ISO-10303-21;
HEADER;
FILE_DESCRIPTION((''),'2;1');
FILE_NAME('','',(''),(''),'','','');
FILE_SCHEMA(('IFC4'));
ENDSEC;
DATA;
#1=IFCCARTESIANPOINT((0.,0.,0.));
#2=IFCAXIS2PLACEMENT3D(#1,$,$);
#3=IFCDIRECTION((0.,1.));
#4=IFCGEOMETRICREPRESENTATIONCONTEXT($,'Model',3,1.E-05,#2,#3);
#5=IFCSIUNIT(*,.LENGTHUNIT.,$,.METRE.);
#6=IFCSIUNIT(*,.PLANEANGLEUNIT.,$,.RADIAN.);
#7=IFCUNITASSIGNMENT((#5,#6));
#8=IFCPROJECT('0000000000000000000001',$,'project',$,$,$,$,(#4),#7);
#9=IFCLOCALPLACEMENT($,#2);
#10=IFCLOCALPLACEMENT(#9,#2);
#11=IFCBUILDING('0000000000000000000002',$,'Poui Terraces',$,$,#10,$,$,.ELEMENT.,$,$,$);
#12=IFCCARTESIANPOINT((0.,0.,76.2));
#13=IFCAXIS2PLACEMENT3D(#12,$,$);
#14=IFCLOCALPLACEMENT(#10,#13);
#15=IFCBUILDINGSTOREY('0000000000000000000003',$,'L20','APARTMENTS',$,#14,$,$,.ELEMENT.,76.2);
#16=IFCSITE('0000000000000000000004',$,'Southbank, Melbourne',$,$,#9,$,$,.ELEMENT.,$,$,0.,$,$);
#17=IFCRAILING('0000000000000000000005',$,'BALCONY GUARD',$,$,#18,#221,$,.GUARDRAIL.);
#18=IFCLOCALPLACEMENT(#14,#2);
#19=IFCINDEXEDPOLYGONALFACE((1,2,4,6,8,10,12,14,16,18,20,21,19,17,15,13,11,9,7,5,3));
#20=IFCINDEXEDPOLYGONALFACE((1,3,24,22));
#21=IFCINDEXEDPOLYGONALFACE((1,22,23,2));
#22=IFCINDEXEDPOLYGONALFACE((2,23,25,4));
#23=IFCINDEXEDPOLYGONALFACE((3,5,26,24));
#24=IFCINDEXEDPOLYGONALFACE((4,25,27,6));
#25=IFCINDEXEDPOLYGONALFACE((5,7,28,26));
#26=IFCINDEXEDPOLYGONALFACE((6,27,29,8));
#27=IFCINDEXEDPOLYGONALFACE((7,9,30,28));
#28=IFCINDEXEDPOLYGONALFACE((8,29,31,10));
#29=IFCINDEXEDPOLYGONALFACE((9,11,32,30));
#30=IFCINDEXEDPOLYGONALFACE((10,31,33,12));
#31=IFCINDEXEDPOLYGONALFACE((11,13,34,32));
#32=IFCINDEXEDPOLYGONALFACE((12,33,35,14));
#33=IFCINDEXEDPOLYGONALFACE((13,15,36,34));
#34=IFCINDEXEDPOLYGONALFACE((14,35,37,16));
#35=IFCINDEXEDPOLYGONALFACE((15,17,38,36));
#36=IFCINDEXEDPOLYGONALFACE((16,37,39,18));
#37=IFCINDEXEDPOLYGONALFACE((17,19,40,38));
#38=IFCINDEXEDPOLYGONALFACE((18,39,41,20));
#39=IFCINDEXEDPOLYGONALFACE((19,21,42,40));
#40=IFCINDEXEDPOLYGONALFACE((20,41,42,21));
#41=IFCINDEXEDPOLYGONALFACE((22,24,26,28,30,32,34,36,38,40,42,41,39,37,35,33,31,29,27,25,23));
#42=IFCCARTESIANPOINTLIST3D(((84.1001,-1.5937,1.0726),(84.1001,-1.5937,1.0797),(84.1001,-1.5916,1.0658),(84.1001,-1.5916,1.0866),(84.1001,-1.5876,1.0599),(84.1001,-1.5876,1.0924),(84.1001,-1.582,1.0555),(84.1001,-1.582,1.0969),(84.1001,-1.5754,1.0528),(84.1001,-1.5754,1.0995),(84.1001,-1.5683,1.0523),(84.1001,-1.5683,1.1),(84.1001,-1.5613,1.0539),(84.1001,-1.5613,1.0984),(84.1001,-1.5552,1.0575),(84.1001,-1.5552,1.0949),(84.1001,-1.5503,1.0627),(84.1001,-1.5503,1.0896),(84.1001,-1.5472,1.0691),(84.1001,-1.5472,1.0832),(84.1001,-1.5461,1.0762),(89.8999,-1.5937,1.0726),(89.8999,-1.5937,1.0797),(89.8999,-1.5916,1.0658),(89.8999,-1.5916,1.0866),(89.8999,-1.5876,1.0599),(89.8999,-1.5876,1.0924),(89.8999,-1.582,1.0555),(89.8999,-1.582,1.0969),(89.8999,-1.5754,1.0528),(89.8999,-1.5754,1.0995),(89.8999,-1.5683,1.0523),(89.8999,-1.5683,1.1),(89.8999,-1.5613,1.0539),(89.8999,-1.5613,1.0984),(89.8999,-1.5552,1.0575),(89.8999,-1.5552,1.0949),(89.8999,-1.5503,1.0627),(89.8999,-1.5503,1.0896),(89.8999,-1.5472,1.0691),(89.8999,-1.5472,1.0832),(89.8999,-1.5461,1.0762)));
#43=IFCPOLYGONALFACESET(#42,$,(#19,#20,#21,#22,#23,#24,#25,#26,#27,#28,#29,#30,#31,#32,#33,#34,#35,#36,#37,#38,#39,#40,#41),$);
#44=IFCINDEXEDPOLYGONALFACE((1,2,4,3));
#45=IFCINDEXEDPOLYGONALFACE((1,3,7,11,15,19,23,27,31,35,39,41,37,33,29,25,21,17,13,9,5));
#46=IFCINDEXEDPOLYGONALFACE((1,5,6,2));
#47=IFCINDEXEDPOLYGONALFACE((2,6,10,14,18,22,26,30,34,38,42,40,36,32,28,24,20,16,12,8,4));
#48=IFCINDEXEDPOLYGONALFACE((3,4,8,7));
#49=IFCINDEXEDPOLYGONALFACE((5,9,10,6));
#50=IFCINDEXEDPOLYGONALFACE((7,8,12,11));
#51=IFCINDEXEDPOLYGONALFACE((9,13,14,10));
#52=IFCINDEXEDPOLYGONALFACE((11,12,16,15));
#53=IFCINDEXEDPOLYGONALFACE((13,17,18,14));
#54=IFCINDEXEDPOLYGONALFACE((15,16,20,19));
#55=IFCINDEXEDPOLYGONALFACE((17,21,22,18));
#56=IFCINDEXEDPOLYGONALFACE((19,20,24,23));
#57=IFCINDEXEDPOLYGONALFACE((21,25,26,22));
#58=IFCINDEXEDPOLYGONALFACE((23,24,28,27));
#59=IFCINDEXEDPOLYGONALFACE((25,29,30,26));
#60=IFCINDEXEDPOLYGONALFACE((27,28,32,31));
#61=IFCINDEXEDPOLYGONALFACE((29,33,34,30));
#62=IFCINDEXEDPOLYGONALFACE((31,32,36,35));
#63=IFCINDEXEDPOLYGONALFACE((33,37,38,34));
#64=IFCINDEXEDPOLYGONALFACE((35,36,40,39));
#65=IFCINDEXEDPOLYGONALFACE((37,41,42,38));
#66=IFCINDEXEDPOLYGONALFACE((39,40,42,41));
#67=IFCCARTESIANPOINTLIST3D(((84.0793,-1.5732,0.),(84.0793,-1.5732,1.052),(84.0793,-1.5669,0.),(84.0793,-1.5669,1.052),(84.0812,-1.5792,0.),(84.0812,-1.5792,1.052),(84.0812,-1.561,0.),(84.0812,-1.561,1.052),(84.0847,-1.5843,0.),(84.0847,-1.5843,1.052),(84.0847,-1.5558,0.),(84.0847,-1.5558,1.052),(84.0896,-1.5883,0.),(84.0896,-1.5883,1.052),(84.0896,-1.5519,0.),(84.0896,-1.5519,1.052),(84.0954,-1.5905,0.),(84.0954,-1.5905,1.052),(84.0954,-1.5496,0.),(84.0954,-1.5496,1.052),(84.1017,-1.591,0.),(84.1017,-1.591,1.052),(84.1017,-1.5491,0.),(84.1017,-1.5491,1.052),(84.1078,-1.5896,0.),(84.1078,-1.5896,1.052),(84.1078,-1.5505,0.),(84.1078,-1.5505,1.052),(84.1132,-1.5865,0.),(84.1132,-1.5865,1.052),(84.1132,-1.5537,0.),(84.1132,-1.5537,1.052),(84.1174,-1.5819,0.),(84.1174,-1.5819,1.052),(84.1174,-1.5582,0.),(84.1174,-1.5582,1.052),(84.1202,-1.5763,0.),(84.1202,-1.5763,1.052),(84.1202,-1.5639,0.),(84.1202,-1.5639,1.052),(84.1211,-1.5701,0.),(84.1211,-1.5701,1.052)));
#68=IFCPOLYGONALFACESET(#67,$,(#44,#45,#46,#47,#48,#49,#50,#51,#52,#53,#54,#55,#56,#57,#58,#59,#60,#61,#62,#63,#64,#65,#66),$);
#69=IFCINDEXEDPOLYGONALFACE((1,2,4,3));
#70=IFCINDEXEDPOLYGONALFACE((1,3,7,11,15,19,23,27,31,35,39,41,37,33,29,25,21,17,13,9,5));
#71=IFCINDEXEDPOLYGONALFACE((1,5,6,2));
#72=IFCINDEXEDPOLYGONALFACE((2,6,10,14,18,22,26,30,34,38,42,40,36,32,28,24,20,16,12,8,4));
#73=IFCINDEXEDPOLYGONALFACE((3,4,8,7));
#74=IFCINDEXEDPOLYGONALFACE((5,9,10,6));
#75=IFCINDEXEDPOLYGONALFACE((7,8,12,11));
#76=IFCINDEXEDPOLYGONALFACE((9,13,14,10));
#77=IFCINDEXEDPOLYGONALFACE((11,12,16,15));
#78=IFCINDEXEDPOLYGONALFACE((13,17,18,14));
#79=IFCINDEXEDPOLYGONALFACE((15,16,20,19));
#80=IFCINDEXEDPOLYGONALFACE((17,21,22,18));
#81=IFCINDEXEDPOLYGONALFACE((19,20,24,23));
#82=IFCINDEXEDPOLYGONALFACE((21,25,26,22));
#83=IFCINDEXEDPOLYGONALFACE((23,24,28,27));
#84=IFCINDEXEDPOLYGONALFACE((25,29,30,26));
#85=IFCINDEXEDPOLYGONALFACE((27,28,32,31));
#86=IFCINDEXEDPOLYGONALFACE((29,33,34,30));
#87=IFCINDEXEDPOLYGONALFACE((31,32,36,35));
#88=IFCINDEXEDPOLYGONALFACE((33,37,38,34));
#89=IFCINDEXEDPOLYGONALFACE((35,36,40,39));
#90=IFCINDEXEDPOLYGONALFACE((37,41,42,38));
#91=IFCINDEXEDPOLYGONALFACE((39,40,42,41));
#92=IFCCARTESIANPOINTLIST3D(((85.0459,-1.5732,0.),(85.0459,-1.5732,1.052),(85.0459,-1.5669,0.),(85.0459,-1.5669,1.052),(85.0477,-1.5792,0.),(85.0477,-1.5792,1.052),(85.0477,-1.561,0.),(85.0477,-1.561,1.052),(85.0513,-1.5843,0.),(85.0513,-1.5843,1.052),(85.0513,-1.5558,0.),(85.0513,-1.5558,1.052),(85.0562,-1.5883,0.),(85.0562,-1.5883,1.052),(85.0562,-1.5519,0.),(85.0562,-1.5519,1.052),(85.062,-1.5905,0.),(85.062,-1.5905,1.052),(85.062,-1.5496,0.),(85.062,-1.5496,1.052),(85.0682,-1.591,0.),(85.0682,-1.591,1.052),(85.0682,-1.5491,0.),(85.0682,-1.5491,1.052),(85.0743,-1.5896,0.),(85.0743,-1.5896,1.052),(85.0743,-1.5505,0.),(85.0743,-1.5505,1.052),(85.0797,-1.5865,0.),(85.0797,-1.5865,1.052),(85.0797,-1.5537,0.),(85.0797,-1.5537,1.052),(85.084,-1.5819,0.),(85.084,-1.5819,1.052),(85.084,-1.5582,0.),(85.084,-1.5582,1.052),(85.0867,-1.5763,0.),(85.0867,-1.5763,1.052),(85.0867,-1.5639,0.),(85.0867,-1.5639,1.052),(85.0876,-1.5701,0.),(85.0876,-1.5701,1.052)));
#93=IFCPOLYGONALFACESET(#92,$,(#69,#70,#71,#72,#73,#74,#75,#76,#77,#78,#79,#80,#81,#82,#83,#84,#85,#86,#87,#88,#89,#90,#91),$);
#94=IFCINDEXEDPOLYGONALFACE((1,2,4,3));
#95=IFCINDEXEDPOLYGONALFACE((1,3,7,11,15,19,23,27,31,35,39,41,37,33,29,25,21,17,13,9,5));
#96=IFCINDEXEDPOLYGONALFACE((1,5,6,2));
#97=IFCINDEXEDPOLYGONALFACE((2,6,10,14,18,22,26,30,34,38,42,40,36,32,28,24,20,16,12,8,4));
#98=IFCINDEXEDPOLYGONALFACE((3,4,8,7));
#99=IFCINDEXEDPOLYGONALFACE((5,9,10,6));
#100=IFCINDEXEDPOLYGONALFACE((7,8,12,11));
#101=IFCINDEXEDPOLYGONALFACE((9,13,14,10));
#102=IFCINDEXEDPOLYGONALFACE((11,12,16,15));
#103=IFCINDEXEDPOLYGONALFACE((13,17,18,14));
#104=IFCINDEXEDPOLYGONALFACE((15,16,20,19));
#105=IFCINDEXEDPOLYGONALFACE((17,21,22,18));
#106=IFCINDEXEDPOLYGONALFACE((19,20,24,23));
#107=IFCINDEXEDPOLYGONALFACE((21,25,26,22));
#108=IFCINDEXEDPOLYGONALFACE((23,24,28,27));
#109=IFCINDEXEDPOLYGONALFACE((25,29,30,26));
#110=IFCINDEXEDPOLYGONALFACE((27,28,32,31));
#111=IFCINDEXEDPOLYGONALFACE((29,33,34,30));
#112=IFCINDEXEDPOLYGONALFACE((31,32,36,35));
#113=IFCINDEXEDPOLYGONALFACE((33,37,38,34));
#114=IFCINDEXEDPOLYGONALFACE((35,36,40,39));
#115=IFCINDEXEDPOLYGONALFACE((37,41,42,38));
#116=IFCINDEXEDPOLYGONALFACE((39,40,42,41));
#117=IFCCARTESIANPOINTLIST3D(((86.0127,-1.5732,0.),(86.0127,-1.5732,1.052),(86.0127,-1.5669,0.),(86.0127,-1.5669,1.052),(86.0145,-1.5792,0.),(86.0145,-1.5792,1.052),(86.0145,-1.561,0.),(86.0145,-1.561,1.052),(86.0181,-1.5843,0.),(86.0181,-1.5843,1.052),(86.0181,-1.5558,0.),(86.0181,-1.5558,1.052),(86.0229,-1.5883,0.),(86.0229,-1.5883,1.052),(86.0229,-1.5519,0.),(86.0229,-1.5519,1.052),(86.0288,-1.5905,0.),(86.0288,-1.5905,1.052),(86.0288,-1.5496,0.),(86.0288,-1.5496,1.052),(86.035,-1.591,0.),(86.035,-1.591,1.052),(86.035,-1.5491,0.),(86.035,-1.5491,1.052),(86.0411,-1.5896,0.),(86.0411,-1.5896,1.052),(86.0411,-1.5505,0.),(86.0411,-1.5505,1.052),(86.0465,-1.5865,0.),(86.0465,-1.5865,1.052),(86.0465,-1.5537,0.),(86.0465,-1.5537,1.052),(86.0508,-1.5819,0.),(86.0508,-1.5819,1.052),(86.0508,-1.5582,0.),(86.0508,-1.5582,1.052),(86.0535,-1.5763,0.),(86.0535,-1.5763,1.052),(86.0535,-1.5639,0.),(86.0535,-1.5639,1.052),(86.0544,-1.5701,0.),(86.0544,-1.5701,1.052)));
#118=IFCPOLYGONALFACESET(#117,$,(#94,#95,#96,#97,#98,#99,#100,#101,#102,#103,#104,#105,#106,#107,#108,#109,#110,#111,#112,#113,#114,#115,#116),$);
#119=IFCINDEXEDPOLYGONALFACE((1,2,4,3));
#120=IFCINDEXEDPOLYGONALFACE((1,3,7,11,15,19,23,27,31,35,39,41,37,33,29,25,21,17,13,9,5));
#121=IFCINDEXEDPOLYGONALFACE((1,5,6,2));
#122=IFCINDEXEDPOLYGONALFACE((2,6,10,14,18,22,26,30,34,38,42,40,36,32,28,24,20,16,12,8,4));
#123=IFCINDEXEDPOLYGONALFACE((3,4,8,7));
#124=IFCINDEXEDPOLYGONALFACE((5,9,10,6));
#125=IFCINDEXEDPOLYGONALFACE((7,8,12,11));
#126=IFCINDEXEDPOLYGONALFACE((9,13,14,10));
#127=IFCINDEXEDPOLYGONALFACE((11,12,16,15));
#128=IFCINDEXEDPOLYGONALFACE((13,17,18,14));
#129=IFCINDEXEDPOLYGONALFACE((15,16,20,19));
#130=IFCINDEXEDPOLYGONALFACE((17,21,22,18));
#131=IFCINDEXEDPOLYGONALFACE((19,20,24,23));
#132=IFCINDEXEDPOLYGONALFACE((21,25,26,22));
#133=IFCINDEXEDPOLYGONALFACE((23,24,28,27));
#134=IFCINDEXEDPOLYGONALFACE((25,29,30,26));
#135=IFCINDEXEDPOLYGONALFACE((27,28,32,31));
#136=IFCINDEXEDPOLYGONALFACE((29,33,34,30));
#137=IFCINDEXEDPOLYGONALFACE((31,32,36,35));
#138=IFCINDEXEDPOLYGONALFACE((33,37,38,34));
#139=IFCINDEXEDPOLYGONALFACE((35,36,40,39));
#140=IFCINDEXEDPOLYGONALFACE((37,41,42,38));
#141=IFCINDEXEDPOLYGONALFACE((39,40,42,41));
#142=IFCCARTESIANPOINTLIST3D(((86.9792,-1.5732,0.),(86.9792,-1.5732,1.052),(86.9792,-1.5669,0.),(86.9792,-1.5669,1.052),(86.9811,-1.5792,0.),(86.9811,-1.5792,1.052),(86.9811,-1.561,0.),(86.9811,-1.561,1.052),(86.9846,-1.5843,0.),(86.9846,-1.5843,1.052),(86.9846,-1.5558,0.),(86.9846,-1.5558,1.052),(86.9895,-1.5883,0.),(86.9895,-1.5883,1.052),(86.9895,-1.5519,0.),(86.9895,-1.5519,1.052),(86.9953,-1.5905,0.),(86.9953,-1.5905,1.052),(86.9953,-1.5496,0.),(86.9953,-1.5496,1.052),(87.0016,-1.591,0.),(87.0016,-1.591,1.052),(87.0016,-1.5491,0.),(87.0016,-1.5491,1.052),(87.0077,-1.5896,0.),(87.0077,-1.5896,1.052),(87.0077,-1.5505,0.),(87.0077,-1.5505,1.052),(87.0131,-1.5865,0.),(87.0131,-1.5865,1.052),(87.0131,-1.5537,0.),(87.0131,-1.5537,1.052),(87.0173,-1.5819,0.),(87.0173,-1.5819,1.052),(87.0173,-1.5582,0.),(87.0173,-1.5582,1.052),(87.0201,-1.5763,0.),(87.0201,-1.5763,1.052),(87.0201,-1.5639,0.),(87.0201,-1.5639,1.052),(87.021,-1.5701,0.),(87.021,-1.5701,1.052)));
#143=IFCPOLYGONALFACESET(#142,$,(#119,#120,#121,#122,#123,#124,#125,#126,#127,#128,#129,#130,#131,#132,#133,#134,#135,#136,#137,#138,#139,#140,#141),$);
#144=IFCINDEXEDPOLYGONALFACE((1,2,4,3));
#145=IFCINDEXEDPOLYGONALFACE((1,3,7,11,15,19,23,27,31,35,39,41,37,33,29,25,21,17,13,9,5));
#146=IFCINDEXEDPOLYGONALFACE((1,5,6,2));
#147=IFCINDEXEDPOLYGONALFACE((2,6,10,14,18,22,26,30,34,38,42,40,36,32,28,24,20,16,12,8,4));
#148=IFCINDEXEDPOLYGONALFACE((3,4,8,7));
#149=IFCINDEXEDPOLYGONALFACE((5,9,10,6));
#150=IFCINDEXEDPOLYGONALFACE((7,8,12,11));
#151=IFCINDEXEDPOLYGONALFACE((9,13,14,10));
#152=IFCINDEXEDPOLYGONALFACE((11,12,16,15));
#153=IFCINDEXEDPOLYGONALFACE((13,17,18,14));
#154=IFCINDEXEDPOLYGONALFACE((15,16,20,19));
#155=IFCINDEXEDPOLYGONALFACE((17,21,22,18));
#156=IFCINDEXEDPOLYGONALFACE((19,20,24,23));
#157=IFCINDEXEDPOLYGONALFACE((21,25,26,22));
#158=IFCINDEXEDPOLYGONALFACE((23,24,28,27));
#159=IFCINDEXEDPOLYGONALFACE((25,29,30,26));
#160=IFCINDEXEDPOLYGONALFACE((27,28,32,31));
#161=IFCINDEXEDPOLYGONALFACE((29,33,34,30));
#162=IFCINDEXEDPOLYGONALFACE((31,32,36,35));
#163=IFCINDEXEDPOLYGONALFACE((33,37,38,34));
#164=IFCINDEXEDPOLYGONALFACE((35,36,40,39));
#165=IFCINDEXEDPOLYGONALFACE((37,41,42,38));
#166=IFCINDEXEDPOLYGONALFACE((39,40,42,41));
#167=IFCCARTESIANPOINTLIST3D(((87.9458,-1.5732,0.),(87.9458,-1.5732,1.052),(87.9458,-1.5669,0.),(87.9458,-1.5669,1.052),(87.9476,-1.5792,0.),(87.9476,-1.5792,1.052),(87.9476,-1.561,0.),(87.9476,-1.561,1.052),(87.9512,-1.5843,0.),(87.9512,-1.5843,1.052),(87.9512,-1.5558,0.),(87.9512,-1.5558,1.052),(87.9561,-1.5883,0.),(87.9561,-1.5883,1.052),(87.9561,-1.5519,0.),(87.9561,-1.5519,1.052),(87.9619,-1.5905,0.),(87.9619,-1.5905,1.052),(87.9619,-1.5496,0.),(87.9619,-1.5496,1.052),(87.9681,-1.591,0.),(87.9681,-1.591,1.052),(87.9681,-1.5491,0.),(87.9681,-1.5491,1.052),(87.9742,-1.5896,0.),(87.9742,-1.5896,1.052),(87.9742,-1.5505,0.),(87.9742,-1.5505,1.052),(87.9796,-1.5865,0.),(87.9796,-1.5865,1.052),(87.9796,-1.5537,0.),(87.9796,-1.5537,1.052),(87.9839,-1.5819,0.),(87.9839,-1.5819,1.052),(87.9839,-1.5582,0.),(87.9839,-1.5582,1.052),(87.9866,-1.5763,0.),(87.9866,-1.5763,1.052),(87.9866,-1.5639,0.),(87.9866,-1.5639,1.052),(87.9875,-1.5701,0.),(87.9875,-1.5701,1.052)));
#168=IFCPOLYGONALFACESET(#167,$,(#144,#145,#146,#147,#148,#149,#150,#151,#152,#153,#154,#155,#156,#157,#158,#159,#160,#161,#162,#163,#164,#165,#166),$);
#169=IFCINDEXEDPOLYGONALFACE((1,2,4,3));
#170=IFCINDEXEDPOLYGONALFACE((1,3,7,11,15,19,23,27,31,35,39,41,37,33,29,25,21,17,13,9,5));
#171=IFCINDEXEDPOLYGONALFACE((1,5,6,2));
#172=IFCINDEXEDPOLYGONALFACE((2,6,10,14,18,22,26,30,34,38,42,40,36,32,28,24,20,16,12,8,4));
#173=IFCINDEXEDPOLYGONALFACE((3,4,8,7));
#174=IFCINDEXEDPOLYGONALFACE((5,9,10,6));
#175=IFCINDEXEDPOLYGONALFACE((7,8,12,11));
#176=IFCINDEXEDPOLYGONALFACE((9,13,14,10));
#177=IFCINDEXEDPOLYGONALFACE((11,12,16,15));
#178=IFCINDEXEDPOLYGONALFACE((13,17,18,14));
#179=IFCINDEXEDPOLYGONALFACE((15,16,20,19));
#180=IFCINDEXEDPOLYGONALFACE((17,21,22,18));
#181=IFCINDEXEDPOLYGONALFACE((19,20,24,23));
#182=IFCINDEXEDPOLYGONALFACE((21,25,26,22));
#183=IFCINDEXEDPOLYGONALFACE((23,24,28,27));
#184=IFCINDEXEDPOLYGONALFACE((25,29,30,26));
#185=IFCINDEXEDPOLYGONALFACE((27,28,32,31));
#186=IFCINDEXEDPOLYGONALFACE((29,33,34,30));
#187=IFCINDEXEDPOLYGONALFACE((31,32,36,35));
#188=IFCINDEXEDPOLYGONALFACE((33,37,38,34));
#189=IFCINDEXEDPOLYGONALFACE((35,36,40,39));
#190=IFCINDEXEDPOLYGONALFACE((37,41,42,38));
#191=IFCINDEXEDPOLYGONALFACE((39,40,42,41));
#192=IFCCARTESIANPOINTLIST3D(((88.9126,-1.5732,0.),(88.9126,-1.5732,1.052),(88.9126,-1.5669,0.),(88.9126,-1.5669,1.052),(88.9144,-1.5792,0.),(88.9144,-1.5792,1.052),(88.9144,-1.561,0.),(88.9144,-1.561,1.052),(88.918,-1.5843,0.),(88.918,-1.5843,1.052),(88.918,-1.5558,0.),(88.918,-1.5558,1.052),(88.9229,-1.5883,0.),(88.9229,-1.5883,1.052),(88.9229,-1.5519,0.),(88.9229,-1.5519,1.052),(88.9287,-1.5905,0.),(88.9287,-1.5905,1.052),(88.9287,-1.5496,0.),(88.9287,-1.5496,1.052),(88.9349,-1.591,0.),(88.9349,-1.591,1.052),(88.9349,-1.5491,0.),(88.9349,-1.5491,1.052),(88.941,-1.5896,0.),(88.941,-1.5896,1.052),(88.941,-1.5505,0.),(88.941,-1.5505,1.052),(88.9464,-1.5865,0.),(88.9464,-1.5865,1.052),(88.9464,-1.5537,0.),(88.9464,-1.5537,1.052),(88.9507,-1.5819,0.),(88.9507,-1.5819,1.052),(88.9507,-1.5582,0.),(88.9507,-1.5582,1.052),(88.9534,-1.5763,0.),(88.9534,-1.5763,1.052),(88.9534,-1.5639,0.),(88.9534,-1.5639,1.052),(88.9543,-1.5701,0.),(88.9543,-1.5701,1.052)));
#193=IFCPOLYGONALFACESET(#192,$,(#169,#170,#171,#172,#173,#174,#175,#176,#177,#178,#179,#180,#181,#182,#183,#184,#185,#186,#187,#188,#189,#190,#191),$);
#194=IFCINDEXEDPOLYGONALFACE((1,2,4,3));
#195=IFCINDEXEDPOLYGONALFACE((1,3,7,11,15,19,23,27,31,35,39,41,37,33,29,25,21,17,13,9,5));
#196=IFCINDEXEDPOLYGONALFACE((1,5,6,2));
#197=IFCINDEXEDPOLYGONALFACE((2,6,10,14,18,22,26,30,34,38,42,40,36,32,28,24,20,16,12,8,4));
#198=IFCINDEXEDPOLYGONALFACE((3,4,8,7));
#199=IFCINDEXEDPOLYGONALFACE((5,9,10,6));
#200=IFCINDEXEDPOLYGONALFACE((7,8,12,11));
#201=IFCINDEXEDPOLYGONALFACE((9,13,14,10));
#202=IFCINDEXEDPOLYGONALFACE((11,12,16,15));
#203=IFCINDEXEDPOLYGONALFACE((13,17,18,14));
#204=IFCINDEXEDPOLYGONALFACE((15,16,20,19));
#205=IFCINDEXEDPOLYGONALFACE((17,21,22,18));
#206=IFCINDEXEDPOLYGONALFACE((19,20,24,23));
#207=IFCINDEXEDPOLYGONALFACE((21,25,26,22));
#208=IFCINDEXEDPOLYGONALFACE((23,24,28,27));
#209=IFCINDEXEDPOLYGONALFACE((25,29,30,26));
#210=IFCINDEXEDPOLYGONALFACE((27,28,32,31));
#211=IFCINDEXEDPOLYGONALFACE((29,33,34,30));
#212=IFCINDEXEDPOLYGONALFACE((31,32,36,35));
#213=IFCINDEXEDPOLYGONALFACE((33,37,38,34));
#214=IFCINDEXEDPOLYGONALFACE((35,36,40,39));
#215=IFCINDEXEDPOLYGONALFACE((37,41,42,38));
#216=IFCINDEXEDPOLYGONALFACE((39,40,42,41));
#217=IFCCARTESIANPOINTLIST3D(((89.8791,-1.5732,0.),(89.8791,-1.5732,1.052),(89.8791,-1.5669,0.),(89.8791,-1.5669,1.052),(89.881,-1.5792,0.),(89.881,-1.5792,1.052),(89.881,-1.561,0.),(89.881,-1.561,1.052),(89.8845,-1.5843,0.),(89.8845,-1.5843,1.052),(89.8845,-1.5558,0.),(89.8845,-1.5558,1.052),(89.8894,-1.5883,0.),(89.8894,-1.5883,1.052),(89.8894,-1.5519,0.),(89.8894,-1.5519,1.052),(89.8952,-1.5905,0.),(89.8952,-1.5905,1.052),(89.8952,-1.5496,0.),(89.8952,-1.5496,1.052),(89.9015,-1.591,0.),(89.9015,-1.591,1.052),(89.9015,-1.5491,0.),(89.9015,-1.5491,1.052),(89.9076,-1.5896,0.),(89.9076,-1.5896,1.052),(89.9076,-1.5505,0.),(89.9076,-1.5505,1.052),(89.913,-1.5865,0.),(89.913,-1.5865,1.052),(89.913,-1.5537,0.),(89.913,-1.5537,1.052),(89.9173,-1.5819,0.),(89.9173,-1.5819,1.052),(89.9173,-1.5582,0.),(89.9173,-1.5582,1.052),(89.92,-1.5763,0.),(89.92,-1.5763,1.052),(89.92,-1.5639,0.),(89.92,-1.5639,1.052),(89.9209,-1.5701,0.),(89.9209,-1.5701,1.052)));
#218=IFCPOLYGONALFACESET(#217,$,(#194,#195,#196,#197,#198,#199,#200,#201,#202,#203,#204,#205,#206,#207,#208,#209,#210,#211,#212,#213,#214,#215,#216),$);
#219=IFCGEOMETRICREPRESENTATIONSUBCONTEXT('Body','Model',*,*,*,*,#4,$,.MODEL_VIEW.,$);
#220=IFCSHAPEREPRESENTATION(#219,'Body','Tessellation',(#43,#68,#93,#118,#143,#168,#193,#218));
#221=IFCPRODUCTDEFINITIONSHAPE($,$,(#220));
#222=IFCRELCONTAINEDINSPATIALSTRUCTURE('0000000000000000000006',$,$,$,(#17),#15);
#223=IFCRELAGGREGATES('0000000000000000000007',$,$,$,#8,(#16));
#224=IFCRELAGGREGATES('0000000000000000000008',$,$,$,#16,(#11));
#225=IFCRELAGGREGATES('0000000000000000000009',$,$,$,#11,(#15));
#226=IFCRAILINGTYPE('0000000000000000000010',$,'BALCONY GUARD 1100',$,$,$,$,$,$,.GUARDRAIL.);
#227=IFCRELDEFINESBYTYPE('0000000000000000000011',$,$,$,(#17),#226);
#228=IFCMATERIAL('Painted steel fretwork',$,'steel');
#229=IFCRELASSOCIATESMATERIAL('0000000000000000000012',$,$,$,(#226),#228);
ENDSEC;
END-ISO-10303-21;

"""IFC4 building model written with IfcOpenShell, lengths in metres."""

from ifc_helpers import new_model, si_unit, direction, frame, origin, origin_2d, place, context, subcontext, project, spatial, circle, extrude, material, type_object, element, save


model = new_model("IFC4")

# Units and contexts
model_context = context("Model", 3, precision=1e-05, world=origin(), true_north=direction((0.0, 1.0)))
body_context = subcontext(model_context, "Body", "Model", "MODEL_VIEW")
ifc_project = project(units=[si_unit("LENGTHUNIT", "METRE"), si_unit("PLANEANGLEUNIT", "RADIAN")], contexts=[model_context])

# Site, building, storey
site_placement = place(None, origin())
site = spatial("IfcSite", under=ifc_project, at=site_placement, Name="Southbank, Melbourne", CompositionType="ELEMENT", RefElevation=0.0)
building_placement = place(site_placement, origin())
building = spatial("IfcBuilding", under=site, at=building_placement, Name="Poui Terraces", CompositionType="ELEMENT")
storey_placement = place(building_placement, frame((0.0, 0.0, 76.2)))
storey = spatial("IfcBuildingStorey", under=building, at=storey_placement, Name="L20", Description="APARTMENTS", CompositionType="ELEMENT", Elevation=76.2)

# Railing
ifc_material_1 = material(Name="Painted steel fretwork", Category="steel")
railing_type = type_object("IfcRailingType", Name="BALCONY GUARD 1100", PredefinedType="GUARDRAIL", material=ifc_material_1)
railing_placement = place(storey_placement, frame((84.1001, -1.5701, 0.0)))
element("IfcRailing", 1, at=railing_placement, inside=storey, type_object=railing_type, Name="BALCONY GUARD", PredefinedType="GUARDRAIL", context=body_context, shape_type="SweptSolid", body=[
    extrude(circle(Radius=0.0239, at=origin_2d()), frame((0.0, 0.0, 1.0762), z_axis=(1.0, 0.0, 0.0), x_axis=(0.0, 1.0, 0.0)), (0.0, 0.0, 1.0), 5.7998),
    extrude(circle(Radius=0.021, at=origin_2d()), origin(), (0.0, 0.0, 1.0), 1.052),
    extrude(circle(Radius=0.021, at=origin_2d()), frame((0.9666, 0.0, 0.0)), (0.0, 0.0, 1.0), 1.052),
    extrude(circle(Radius=0.021, at=origin_2d()), frame((1.9333, 0.0, 0.0)), (0.0, 0.0, 1.0), 1.052),
    extrude(circle(Radius=0.021, at=origin_2d()), frame((2.8999, 0.0, 0.0)), (0.0, 0.0, 1.0), 1.052),
    extrude(circle(Radius=0.021, at=origin_2d()), frame((3.8665, 0.0, 0.0)), (0.0, 0.0, 1.0), 1.052),
    extrude(circle(Radius=0.021, at=origin_2d()), frame((4.8333, 0.0, 0.0)), (0.0, 0.0, 1.0), 1.052),
    extrude(circle(Radius=0.021, at=origin_2d()), frame((5.7998, 0.0, 0.0)), (0.0, 0.0, 1.0), 1.052),
])

save(model, "model.ifc")
